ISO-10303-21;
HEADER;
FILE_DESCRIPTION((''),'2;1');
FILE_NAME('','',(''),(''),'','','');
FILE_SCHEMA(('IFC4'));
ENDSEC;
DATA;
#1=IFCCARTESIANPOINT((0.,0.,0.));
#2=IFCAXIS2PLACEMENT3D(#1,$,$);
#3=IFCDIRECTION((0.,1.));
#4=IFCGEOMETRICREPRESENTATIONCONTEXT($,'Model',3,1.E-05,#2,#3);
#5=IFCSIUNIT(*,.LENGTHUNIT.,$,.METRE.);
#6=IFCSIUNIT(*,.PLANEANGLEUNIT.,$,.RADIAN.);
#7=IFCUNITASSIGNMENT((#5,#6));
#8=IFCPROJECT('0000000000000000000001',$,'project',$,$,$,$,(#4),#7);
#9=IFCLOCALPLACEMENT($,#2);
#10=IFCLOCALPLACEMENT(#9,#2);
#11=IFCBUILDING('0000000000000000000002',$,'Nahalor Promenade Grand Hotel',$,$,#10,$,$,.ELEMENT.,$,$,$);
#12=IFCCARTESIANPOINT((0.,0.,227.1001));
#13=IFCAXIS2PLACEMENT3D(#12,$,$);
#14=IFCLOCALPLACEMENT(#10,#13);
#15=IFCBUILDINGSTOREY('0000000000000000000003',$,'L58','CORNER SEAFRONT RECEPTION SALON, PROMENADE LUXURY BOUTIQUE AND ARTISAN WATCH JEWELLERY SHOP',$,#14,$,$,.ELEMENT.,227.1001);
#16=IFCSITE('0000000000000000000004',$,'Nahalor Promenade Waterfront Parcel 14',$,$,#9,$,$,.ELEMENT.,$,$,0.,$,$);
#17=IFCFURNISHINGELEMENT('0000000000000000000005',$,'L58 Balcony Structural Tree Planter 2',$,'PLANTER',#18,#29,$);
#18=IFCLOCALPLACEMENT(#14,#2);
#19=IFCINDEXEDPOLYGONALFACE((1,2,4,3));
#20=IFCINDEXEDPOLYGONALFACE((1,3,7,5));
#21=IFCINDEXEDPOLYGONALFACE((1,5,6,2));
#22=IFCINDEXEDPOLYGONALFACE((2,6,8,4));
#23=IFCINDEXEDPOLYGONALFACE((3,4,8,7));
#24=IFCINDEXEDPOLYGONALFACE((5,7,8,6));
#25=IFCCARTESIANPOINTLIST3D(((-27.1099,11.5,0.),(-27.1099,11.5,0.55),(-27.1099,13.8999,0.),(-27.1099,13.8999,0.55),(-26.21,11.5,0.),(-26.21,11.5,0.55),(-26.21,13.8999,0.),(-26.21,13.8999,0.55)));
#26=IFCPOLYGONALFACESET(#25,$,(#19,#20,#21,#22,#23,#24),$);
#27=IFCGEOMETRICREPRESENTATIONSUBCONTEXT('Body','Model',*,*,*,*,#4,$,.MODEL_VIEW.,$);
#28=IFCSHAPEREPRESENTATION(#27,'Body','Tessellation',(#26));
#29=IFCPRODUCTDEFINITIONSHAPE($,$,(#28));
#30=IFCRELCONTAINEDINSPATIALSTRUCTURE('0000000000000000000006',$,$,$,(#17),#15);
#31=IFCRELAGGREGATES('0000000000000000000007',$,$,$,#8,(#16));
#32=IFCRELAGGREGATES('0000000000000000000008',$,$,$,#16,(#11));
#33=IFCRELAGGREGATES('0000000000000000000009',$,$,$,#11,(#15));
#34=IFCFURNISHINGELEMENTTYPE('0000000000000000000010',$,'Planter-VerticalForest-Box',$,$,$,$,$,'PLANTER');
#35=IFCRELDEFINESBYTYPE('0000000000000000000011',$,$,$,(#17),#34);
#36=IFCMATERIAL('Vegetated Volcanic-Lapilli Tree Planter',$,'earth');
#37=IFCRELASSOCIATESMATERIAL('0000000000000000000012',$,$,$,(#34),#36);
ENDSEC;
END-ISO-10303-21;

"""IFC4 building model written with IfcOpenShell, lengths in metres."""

from ifc_helpers import new_model, si_unit, direction, frame, origin, origin_2d, place, context, subcontext, project, spatial, rectangle, extrude, source, transform, mapped, material, type_object, element, save


model = new_model("IFC4")

# Units and contexts
model_context = context("Model", 3, precision=1e-05, world=origin(), true_north=direction((0.0, 1.0)))
body_context = subcontext(model_context, "Body", "Model", "MODEL_VIEW")
ifc_project = project(units=[si_unit("LENGTHUNIT", "METRE"), si_unit("PLANEANGLEUNIT", "RADIAN")], contexts=[model_context])

# Site, building, storey
site_placement = place(None, origin())
site = spatial("IfcSite", under=ifc_project, at=site_placement, Name="Nahalor Promenade Waterfront Parcel 14", CompositionType="ELEMENT", RefElevation=0.0)
building_placement = place(site_placement, origin())
building = spatial("IfcBuilding", under=site, at=building_placement, Name="Nahalor Promenade Grand Hotel", CompositionType="ELEMENT")
storey_placement = place(building_placement, frame((0.0, 0.0, 227.1001)))
storey = spatial("IfcBuildingStorey", under=building, at=storey_placement, Name="L58", Description="CORNER SEAFRONT RECEPTION SALON, PROMENADE LUXURY BOUTIQUE AND ARTISAN WATCH JEWELLERY SHOP", CompositionType="ELEMENT", Elevation=227.1001)

# Furnishing element
ifc_material_1 = material(Name="Vegetated Volcanic-Lapilli Tree Planter", Category="earth")
furnishing_element_type = type_object("IfcFurnishingElementType", Name="Planter-VerticalForest-Box", ElementType="PLANTER", material=ifc_material_1)
shared_shape_1 = source(origin(), body_context, "Body", "SweptSolid", [
    extrude(rectangle(XDim=2.3999, YDim=0.8999, at=origin_2d()), origin(), (0.0, 0.0, 1.0), 0.55),
])
furnishing_placement = place(storey_placement, frame((-26.6599, 12.7, 0.0), z_axis=(0.0, 0.0, 1.0), x_axis=(0.0, 1.0, 0.0)))
element("IfcFurnishingElement", 1, at=furnishing_placement, inside=storey, type_object=furnishing_element_type, Name="L58 Balcony Structural Tree Planter 2", ObjectType="PLANTER", context=body_context, shape_type="MappedRepresentation", body=[
    mapped(shared_shape_1, transform((0.0, 0.0, 0.0), scale=1.0)),
])

save(model, "model.ifc")
